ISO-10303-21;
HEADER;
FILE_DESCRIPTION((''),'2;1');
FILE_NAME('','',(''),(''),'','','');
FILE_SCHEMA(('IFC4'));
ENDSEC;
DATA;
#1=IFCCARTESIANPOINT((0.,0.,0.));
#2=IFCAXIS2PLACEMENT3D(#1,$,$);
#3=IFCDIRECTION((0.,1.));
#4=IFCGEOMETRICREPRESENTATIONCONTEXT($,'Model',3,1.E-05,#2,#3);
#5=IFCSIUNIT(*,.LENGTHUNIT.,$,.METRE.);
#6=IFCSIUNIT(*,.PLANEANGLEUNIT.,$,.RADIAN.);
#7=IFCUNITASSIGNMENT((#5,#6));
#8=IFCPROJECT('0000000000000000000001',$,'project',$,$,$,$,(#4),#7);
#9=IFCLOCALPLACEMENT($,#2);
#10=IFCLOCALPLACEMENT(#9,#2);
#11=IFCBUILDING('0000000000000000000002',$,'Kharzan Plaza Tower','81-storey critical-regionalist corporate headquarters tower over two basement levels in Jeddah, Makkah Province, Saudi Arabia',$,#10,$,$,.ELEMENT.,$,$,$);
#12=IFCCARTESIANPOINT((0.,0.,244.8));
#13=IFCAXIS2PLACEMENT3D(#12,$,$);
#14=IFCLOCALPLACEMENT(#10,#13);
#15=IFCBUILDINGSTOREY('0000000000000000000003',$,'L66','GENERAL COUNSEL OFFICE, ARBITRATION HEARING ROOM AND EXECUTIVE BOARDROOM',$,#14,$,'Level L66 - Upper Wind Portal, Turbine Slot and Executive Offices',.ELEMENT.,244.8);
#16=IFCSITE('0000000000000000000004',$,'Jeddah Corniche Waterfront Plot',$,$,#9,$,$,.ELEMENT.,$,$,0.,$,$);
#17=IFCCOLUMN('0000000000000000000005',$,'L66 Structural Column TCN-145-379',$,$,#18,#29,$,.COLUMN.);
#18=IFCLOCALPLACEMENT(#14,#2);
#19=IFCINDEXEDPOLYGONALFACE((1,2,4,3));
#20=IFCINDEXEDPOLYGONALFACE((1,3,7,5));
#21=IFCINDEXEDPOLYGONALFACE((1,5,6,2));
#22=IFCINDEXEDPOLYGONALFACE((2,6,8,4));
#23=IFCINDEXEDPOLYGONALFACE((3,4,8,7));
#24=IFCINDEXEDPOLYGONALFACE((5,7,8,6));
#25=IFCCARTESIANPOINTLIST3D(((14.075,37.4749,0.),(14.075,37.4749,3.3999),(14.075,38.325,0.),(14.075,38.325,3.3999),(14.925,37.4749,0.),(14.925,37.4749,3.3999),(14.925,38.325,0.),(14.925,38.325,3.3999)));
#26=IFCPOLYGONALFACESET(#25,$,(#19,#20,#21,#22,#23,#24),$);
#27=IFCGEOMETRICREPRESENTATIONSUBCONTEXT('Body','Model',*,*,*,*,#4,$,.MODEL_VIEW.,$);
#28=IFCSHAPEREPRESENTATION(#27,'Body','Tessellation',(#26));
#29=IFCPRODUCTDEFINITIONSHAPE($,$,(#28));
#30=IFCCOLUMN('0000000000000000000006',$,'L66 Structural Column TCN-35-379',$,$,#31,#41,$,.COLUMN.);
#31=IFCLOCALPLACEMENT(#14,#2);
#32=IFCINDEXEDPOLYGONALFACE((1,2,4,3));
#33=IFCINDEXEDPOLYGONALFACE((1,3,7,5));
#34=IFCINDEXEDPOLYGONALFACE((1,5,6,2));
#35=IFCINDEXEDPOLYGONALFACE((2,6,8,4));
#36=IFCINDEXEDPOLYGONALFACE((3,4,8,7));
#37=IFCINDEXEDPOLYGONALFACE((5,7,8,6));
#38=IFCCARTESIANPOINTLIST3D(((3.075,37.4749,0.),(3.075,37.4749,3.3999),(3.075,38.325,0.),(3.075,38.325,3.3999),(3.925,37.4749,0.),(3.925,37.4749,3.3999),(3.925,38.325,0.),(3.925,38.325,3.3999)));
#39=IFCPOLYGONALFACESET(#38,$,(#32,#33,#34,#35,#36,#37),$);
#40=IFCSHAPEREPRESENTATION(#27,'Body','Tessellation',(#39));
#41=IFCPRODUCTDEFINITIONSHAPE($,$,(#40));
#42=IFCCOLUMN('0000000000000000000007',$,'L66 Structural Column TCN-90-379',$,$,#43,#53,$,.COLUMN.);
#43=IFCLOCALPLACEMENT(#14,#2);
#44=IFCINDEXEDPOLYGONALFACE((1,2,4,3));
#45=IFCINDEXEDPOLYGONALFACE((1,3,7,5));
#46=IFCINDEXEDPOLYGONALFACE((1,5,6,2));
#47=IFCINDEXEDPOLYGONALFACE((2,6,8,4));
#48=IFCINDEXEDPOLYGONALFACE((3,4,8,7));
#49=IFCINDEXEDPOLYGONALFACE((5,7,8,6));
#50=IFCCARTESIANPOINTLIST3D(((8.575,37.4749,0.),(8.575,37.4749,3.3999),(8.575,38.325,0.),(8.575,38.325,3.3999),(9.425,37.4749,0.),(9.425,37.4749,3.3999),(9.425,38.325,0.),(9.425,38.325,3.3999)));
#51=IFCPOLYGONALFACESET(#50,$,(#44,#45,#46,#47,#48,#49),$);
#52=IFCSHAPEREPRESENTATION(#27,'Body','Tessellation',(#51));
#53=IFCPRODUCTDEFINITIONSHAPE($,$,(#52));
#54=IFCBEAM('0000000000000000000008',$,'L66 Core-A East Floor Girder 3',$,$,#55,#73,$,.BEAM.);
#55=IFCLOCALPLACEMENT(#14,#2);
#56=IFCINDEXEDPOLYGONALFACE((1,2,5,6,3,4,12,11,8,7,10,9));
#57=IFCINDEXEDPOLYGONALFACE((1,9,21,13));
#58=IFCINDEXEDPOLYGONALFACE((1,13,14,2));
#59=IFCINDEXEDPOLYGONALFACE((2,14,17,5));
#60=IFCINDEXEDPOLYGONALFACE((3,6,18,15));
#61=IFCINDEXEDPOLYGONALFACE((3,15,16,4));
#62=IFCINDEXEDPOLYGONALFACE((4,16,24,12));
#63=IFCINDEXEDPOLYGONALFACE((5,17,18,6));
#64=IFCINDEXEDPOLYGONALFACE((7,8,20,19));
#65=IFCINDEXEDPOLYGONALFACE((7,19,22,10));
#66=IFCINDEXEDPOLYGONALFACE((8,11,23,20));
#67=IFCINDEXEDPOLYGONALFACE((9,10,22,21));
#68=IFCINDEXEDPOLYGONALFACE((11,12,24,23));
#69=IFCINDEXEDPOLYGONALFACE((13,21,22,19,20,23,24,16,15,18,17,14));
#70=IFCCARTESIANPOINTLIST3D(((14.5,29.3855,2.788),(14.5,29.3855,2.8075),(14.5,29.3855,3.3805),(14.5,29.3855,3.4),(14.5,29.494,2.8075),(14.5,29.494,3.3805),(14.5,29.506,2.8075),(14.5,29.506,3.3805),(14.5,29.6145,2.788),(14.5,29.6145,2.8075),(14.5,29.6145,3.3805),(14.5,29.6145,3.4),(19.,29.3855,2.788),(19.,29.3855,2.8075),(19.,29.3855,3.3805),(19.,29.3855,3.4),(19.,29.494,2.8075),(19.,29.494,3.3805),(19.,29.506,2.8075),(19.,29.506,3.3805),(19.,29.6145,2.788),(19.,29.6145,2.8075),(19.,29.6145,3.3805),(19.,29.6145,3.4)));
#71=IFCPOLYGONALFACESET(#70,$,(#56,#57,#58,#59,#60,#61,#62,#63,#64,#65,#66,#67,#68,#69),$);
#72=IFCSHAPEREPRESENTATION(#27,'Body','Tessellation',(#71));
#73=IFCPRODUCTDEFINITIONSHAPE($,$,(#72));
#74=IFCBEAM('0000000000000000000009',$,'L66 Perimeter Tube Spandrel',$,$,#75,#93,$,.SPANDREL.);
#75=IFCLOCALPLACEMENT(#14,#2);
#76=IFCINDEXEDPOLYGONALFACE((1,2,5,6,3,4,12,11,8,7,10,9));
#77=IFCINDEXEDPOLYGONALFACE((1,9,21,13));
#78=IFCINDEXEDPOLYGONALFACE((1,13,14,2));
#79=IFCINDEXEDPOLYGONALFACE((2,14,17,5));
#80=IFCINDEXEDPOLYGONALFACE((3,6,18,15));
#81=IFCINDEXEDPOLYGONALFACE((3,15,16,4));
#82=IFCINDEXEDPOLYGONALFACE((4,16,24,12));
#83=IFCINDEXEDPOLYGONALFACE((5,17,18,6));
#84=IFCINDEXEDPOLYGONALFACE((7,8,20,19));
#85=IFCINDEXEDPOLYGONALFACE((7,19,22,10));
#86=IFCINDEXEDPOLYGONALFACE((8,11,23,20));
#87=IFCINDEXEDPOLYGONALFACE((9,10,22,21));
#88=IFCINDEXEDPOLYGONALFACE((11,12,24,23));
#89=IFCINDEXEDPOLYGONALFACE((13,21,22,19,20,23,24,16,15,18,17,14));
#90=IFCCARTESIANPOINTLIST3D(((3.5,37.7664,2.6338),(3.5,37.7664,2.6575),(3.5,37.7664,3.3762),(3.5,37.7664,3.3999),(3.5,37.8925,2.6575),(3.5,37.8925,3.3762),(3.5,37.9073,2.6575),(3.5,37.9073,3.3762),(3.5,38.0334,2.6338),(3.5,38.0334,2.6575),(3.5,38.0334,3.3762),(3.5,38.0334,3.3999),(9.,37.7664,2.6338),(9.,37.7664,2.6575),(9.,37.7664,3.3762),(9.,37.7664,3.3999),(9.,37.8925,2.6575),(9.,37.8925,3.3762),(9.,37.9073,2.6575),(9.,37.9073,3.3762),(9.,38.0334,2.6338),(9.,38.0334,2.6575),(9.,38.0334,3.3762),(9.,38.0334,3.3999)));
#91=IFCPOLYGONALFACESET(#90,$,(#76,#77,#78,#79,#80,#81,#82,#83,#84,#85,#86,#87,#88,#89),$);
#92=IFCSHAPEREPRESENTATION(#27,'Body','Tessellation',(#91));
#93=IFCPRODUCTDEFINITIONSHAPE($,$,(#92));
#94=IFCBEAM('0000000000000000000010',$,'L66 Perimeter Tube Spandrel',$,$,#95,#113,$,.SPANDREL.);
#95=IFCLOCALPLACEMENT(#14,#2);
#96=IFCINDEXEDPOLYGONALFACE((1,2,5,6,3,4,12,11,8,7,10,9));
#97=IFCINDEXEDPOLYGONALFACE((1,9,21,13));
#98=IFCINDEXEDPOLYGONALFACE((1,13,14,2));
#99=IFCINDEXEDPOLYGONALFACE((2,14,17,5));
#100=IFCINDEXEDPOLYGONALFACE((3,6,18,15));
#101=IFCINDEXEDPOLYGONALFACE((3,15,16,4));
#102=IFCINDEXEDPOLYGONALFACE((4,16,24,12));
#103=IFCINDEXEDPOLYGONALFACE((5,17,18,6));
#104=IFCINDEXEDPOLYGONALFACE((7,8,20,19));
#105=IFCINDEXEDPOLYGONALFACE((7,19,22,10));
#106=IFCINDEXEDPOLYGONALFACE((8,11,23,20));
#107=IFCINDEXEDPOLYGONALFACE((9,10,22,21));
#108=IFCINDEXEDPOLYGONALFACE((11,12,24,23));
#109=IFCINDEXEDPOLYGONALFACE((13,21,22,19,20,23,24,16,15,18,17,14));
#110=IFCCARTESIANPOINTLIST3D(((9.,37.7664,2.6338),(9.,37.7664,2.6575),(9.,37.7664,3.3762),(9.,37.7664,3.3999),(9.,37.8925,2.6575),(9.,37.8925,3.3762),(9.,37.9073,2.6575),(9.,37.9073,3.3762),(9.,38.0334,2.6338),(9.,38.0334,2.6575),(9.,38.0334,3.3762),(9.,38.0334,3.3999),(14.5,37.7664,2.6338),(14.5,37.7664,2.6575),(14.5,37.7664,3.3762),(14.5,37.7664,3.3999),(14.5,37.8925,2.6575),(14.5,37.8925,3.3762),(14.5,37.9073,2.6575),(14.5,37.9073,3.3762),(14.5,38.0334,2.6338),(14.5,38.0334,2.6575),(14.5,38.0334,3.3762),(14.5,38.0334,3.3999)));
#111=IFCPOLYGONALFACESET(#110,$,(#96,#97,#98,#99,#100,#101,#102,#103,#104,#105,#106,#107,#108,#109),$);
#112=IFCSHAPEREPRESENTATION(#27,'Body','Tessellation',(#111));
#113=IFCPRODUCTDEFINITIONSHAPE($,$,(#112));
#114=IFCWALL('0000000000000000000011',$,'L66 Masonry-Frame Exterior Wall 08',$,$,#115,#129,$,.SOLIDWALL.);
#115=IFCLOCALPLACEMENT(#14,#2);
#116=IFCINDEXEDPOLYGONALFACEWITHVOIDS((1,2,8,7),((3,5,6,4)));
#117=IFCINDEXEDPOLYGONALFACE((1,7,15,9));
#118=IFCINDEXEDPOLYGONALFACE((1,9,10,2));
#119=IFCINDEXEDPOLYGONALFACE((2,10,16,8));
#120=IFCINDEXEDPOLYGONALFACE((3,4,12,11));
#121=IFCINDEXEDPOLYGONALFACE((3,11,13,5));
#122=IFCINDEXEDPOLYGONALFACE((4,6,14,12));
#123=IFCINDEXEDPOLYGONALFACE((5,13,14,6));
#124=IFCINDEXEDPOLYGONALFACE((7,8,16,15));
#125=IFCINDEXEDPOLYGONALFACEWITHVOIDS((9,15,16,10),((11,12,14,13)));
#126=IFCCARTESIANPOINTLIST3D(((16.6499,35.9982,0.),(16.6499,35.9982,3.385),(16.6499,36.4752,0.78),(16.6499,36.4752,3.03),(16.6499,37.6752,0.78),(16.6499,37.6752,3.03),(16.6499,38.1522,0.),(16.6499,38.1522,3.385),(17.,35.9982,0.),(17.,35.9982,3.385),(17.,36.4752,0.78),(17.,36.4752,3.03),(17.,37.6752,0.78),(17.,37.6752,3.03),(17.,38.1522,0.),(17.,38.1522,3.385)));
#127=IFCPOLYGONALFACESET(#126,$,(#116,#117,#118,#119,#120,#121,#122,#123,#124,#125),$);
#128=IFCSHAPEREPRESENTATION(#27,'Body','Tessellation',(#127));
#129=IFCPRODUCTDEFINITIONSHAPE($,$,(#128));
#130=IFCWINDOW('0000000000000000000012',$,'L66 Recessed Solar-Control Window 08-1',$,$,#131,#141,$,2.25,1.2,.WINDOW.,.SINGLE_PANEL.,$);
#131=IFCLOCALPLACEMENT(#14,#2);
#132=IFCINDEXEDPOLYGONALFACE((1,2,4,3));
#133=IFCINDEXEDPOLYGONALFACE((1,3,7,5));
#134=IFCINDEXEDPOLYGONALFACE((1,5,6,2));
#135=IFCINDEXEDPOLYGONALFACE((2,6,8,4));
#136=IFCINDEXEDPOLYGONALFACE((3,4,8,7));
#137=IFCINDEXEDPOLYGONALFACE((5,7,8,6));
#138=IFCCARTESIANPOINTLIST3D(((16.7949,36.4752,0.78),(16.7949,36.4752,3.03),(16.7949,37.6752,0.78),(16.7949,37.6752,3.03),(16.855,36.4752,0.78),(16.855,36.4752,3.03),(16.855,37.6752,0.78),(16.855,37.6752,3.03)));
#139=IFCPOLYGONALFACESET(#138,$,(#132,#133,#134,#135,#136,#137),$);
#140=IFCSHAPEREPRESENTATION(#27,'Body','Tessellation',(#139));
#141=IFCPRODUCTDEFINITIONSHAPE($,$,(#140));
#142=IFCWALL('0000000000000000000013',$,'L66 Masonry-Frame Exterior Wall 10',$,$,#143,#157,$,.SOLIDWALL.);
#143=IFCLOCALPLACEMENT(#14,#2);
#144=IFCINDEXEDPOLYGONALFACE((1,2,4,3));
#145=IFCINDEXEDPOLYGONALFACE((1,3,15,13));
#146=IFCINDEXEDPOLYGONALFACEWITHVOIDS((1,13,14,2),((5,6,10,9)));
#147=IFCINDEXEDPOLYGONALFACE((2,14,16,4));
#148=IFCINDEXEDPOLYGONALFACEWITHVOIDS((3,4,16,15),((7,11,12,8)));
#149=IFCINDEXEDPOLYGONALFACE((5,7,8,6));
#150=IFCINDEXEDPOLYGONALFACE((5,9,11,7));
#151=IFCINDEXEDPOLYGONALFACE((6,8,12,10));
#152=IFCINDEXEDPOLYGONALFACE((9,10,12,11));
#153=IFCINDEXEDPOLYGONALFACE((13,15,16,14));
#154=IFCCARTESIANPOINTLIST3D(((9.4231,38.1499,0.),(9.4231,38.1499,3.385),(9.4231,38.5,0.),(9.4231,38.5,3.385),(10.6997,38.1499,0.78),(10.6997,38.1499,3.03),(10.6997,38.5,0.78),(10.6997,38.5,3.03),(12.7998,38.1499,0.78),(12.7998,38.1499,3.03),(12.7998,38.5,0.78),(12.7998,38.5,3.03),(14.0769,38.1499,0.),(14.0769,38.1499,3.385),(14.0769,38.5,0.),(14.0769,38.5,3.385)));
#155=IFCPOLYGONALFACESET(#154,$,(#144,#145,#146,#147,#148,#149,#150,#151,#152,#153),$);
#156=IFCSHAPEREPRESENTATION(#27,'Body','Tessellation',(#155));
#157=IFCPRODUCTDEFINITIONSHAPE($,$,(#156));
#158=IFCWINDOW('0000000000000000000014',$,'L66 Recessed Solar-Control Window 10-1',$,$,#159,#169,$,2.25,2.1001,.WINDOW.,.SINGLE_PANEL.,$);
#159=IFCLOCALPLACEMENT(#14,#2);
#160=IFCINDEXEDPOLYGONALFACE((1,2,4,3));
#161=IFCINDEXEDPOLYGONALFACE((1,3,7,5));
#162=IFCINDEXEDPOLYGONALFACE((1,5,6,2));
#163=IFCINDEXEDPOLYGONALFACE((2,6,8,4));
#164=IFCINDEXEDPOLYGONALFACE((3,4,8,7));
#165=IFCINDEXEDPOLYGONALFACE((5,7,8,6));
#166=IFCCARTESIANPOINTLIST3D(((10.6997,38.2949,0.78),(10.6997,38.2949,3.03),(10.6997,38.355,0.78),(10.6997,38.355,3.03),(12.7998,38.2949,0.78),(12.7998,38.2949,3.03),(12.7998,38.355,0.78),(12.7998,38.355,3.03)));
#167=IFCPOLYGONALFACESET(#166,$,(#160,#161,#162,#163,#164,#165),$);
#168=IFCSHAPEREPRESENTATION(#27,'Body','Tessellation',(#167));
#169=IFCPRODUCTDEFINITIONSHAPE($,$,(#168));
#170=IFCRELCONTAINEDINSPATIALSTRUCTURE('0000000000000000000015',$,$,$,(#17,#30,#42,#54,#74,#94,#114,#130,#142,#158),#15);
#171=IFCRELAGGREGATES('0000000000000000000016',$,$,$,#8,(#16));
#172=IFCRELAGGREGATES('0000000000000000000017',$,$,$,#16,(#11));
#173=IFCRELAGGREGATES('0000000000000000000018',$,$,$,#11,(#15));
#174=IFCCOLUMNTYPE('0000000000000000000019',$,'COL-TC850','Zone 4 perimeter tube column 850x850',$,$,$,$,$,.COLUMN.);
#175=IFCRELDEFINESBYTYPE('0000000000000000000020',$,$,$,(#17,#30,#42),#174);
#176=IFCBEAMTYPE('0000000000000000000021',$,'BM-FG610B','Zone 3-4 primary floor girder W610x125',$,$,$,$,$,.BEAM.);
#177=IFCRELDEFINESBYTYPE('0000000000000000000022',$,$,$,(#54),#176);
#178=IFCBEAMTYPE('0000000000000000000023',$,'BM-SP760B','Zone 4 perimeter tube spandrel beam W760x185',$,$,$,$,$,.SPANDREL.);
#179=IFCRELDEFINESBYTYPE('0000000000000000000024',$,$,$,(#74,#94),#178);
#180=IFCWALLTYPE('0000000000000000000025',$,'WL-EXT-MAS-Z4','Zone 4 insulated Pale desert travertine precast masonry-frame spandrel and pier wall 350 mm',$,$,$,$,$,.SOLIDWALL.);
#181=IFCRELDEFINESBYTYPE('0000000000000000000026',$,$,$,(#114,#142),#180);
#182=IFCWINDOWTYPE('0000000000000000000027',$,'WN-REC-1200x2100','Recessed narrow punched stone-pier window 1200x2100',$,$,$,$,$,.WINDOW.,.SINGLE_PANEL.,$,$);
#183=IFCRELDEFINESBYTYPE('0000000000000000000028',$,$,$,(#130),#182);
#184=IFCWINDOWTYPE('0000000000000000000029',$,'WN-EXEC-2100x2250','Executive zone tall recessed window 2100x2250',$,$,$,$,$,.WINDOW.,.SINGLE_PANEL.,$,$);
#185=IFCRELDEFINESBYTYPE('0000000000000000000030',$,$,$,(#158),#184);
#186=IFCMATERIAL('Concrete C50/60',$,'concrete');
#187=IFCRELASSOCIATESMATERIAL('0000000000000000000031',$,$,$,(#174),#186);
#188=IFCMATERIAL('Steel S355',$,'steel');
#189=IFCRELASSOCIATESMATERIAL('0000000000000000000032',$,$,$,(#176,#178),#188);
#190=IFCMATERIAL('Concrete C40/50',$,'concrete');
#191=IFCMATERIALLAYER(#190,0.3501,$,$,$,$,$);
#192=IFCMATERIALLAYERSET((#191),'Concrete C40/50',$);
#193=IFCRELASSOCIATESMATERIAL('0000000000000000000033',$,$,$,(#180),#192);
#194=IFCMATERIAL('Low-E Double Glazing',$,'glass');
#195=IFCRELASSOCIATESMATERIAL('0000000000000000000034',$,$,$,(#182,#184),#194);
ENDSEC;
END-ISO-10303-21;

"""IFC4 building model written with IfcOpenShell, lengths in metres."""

from ifc_helpers import new_model, si_unit, direction, frame, frame_2d, origin, origin_2d, place, context, subcontext, project, spatial, rectangle, i_section, extrude, source, transform, mapped, material, layer, layer_set, material_profile, profile_set, type_object, element, fill, save


model = new_model("IFC4")

# Units and contexts
model_context = context("Model", 3, precision=1e-05, world=origin(), true_north=direction((0.0, 1.0)))
body_context = subcontext(model_context, "Body", "Model", "MODEL_VIEW")
ifc_project = project(units=[si_unit("LENGTHUNIT", "METRE"), si_unit("PLANEANGLEUNIT", "RADIAN")], contexts=[model_context])

# Site, building, storey
site_placement = place(None, origin())
site = spatial("IfcSite", under=ifc_project, at=site_placement, Name="Jeddah Corniche Waterfront Plot", CompositionType="ELEMENT", RefElevation=0.0)
building_placement = place(site_placement, origin())
building = spatial("IfcBuilding", under=site, at=building_placement, Name="Kharzan Plaza Tower", Description="81-storey critical-regionalist corporate headquarters tower over two basement levels in Jeddah, Makkah Province, Saudi Arabia", CompositionType="ELEMENT")
storey_placement = place(building_placement, frame((0.0, 0.0, 244.8)))
storey = spatial("IfcBuildingStorey", under=building, at=storey_placement, Name="L66", Description="GENERAL COUNSEL OFFICE, ARBITRATION HEARING ROOM AND EXECUTIVE BOARDROOM", LongName="Level L66 - Upper Wind Portal, Turbine Slot and Executive Offices", CompositionType="ELEMENT", Elevation=244.8)

# Columns
ifc_material_1 = material(Name="Concrete C50/60", Category="concrete")
ifc_material_profile_1 = material_profile(ifc_material_1, rectangle(XDim=0.8501, YDim=0.8501, at=origin_2d()), Name="RC-TC850x850")
ifc_profile_set_1 = profile_set([ifc_material_profile_1], Name="Concrete C50/60")
column_type = type_object("IfcColumnType", Name="COL-TC850", Description="Zone 4 perimeter tube column 850x850", PredefinedType="COLUMN", material=ifc_profile_set_1)
shared_shape_1 = source(origin(), body_context, "Body", "SweptSolid", [
    extrude(rectangle(XDim=0.8501, YDim=0.8501, at=origin_2d()), origin(), (0.0, 0.0, 1.0), 3.3999),
])
for number, where, z_axis, x_axis, name in (
    (1, (14.5, 37.8999, 0.0), (0.0, 0.0, 1.0), (1.0, 0.0, 0.0), "L66 Structural Column TCN-145-379"),
    (2, (3.5, 37.8999, 0.0), (0.0, 0.0, 1.0), (1.0, 0.0, 0.0), "L66 Structural Column TCN-35-379"),
    (3, (9.0, 37.8999, 0.0), (0.0, 0.0, 1.0), (1.0, 0.0, 0.0), "L66 Structural Column TCN-90-379"),
):
    element("IfcColumn", number, at=place(storey_placement, frame(where, z_axis=z_axis, x_axis=x_axis)), inside=storey, type_object=column_type, Name=name, PredefinedType="COLUMN", context=body_context, shape_type="MappedRepresentation", body=[
        mapped(shared_shape_1, transform((0.0, 0.0, 0.0), x_axis=(1.0, 0.0, 0.0), y_axis=(0.0, 1.0, 0.0), z_axis=(0.0, 0.0, 1.0))),
    ])

# Beams
ifc_material_2 = material(Name="Steel S355", Category="steel")
ifc_material_profile_2 = material_profile(ifc_material_2, i_section(OverallWidth=0.229, OverallDepth=0.6121, WebThickness=0.012, FlangeThickness=0.0195, at=origin_2d()), Name="W610x125")
ifc_profile_set_2 = profile_set([ifc_material_profile_2], Name="Steel S355")
beam_type_1 = type_object("IfcBeamType", Name="BM-FG610B", Description="Zone 3-4 primary floor girder W610x125", PredefinedType="BEAM", material=ifc_profile_set_2)
shared_shape_2 = source(origin(), body_context, "Body", "SweptSolid", [
    extrude(i_section(OverallWidth=0.229, OverallDepth=0.6121, WebThickness=0.012, FlangeThickness=0.0195, at=origin_2d()), origin(), (0.0, 0.0, 1.0), 4.5),
])
beam_placement = place(storey_placement, frame((14.5, 29.5, 3.094), z_axis=(1.0, 0.0, 0.0), x_axis=(0.0, 1.0, 0.0)))
element("IfcBeam", 4, at=beam_placement, inside=storey, type_object=beam_type_1, Name="L66 Core-A East Floor Girder 3", PredefinedType="BEAM", context=body_context, shape_type="MappedRepresentation", body=[
    mapped(shared_shape_2, transform((0.0, 0.0, 0.0), x_axis=(1.0, 0.0, 0.0), y_axis=(0.0, 1.0, 0.0), z_axis=(0.0, 0.0, 1.0))),
])
ifc_material_profile_3 = material_profile(ifc_material_2, i_section(OverallWidth=0.2671, OverallDepth=0.7661, WebThickness=0.0149, FlangeThickness=0.0237, at=origin_2d()), Name="W760x185")
ifc_profile_set_3 = profile_set([ifc_material_profile_3], Name="Steel S355")
beam_type_2 = type_object("IfcBeamType", Name="BM-SP760B", Description="Zone 4 perimeter tube spandrel beam W760x185", PredefinedType="SPANDREL", material=ifc_profile_set_3)
shared_shape_3 = source(origin(), body_context, "Body", "SweptSolid", [
    extrude(i_section(OverallWidth=0.2671, OverallDepth=0.7661, WebThickness=0.0149, FlangeThickness=0.0237, at=origin_2d()), origin(), (0.0, 0.0, 1.0), 5.5),
])
for number, where, z_axis, x_axis, name in (
    (5, (3.5, 37.8999, 3.0168), (1.0, 0.0, 0.0), (0.0, 1.0, 0.0), "L66 Perimeter Tube Spandrel"),
    (6, (9.0, 37.8999, 3.0168), (1.0, 0.0, 0.0), (0.0, 1.0, 0.0), "L66 Perimeter Tube Spandrel"),
):
    element("IfcBeam", number, at=place(storey_placement, frame(where, z_axis=z_axis, x_axis=x_axis)), inside=storey, type_object=beam_type_2, Name=name, PredefinedType="SPANDREL", context=body_context, shape_type="MappedRepresentation", body=[
        mapped(shared_shape_3, transform((0.0, 0.0, 0.0), x_axis=(1.0, 0.0, 0.0), y_axis=(0.0, 1.0, 0.0), z_axis=(0.0, 0.0, 1.0))),
    ])

# Walls, openings, windows
ifc_material_3 = material(Name="Concrete C40/50", Category="concrete")
ifc_layer_1 = layer(ifc_material_3, 0.3501)
ifc_layer_set_1 = layer_set([ifc_layer_1], Name="Concrete C40/50")
wall_type_1 = type_object("IfcWallType", Name="WL-EXT-MAS-Z4", Description="Zone 4 insulated Pale desert travertine precast masonry-frame spandrel and pier wall 350 mm", PredefinedType="SOLIDWALL", material=ifc_layer_set_1)
wall_1_placement = place(storey_placement, frame((16.825, 35.998, 0.0), z_axis=(0.0, 0.0, 1.0), x_axis=(0.0, 1.0, 0.0)))
wall_1 = element("IfcWall", 7, at=wall_1_placement, inside=storey, type_object=wall_type_1, Name="L66 Masonry-Frame Exterior Wall 08", PredefinedType="SOLIDWALL", context=body_context, shape_type="SweptSolid", body=[
    extrude(rectangle(XDim=2.1541, YDim=0.3501, at=frame_2d((1.0771, 0.0))), origin(), (0.0, 0.0, 1.0), 3.385),
])
opening_1_placement = place(wall_1_placement, frame((0.4771, 0.0, 0.78)))
opening_1 = element("IfcOpeningElement", 8, at=opening_1_placement, cuts=wall_1, PredefinedType="OPENING", context=body_context, shape_type="SweptSolid", body=[
    extrude(rectangle(XDim=1.2, YDim=2.25, at=frame_2d((0.6001, 1.125))), frame((0.0, 0.1851, 0.0), z_axis=(0.0, -1.0, 0.0), x_axis=(1.0, 0.0, 0.0)), (0.0, 0.0, 1.0), 0.3701),
])
ifc_material_4 = material(Name="Low-E Double Glazing", Category="glass")
window_type_1 = type_object("IfcWindowType", Name="WN-REC-1200x2100", Description="Recessed narrow punched stone-pier window 1200x2100", PartitioningType="SINGLE_PANEL", PredefinedType="WINDOW", material=ifc_material_4)
shared_shape_4 = source(origin(), body_context, "Body", "SweptSolid", [
    extrude(rectangle(XDim=1.2, YDim=2.25, at=frame_2d((0.6001, 1.125))), frame((0.0, 0.03, 0.0), z_axis=(0.0, -1.0, 0.0), x_axis=(1.0, 0.0, 0.0)), (0.0, 0.0, 1.0), 0.0601),
])
window_1_placement = place(opening_1_placement, origin())
window_1 = element("IfcWindow", 9, at=window_1_placement, inside=storey, type_object=window_type_1, Name="L66 Recessed Solar-Control Window 08-1", OverallHeight=2.25, OverallWidth=1.2, PartitioningType="SINGLE_PANEL", PredefinedType="WINDOW", context=body_context, shape_type="MappedRepresentation", body=[
    mapped(shared_shape_4, transform((0.0, 0.0, 0.0), x_axis=(1.0, 0.0, 0.0), y_axis=(0.0, 1.0, 0.0), z_axis=(0.0, 0.0, 1.0))),
])
fill(opening_1, window_1)
wall_2_placement = place(storey_placement, frame((14.0769, 38.325, 0.0), z_axis=(0.0, 0.0, 1.0), x_axis=(-1.0, 0.0, 0.0)))
wall_2 = element("IfcWall", 10, at=wall_2_placement, inside=storey, type_object=wall_type_1, Name="L66 Masonry-Frame Exterior Wall 10", PredefinedType="SOLIDWALL", context=body_context, shape_type="SweptSolid", body=[
    extrude(rectangle(XDim=4.6538, YDim=0.3501, at=frame_2d((2.3269, 0.0))), origin(), (0.0, 0.0, 1.0), 3.385),
])
opening_2_placement = place(wall_2_placement, frame((1.2771, 0.0, 0.78)))
opening_2 = element("IfcOpeningElement", 11, at=opening_2_placement, cuts=wall_2, PredefinedType="OPENING", context=body_context, shape_type="SweptSolid", body=[
    extrude(rectangle(XDim=2.1001, YDim=2.25, at=frame_2d((1.05, 1.125))), frame((0.0, 0.1851, 0.0), z_axis=(0.0, -1.0, 0.0), x_axis=(1.0, 0.0, 0.0)), (0.0, 0.0, 1.0), 0.3701),
])
window_type_2 = type_object("IfcWindowType", Name="WN-EXEC-2100x2250", Description="Executive zone tall recessed window 2100x2250", PartitioningType="SINGLE_PANEL", PredefinedType="WINDOW", material=ifc_material_4)
shared_shape_5 = source(origin(), body_context, "Body", "SweptSolid", [
    extrude(rectangle(XDim=2.1001, YDim=2.25, at=frame_2d((1.05, 1.125))), frame((0.0, 0.03, 0.0), z_axis=(0.0, -1.0, 0.0), x_axis=(1.0, 0.0, 0.0)), (0.0, 0.0, 1.0), 0.0601),
])
window_2_placement = place(opening_2_placement, origin())
window_2 = element("IfcWindow", 12, at=window_2_placement, inside=storey, type_object=window_type_2, Name="L66 Recessed Solar-Control Window 10-1", OverallHeight=2.25, OverallWidth=2.1001, PartitioningType="SINGLE_PANEL", PredefinedType="WINDOW", context=body_context, shape_type="MappedRepresentation", body=[
    mapped(shared_shape_5, transform((0.0, 0.0, 0.0), x_axis=(1.0, 0.0, 0.0), y_axis=(0.0, 1.0, 0.0), z_axis=(0.0, 0.0, 1.0))),
])
fill(opening_2, window_2)

save(model, "model.ifc")
